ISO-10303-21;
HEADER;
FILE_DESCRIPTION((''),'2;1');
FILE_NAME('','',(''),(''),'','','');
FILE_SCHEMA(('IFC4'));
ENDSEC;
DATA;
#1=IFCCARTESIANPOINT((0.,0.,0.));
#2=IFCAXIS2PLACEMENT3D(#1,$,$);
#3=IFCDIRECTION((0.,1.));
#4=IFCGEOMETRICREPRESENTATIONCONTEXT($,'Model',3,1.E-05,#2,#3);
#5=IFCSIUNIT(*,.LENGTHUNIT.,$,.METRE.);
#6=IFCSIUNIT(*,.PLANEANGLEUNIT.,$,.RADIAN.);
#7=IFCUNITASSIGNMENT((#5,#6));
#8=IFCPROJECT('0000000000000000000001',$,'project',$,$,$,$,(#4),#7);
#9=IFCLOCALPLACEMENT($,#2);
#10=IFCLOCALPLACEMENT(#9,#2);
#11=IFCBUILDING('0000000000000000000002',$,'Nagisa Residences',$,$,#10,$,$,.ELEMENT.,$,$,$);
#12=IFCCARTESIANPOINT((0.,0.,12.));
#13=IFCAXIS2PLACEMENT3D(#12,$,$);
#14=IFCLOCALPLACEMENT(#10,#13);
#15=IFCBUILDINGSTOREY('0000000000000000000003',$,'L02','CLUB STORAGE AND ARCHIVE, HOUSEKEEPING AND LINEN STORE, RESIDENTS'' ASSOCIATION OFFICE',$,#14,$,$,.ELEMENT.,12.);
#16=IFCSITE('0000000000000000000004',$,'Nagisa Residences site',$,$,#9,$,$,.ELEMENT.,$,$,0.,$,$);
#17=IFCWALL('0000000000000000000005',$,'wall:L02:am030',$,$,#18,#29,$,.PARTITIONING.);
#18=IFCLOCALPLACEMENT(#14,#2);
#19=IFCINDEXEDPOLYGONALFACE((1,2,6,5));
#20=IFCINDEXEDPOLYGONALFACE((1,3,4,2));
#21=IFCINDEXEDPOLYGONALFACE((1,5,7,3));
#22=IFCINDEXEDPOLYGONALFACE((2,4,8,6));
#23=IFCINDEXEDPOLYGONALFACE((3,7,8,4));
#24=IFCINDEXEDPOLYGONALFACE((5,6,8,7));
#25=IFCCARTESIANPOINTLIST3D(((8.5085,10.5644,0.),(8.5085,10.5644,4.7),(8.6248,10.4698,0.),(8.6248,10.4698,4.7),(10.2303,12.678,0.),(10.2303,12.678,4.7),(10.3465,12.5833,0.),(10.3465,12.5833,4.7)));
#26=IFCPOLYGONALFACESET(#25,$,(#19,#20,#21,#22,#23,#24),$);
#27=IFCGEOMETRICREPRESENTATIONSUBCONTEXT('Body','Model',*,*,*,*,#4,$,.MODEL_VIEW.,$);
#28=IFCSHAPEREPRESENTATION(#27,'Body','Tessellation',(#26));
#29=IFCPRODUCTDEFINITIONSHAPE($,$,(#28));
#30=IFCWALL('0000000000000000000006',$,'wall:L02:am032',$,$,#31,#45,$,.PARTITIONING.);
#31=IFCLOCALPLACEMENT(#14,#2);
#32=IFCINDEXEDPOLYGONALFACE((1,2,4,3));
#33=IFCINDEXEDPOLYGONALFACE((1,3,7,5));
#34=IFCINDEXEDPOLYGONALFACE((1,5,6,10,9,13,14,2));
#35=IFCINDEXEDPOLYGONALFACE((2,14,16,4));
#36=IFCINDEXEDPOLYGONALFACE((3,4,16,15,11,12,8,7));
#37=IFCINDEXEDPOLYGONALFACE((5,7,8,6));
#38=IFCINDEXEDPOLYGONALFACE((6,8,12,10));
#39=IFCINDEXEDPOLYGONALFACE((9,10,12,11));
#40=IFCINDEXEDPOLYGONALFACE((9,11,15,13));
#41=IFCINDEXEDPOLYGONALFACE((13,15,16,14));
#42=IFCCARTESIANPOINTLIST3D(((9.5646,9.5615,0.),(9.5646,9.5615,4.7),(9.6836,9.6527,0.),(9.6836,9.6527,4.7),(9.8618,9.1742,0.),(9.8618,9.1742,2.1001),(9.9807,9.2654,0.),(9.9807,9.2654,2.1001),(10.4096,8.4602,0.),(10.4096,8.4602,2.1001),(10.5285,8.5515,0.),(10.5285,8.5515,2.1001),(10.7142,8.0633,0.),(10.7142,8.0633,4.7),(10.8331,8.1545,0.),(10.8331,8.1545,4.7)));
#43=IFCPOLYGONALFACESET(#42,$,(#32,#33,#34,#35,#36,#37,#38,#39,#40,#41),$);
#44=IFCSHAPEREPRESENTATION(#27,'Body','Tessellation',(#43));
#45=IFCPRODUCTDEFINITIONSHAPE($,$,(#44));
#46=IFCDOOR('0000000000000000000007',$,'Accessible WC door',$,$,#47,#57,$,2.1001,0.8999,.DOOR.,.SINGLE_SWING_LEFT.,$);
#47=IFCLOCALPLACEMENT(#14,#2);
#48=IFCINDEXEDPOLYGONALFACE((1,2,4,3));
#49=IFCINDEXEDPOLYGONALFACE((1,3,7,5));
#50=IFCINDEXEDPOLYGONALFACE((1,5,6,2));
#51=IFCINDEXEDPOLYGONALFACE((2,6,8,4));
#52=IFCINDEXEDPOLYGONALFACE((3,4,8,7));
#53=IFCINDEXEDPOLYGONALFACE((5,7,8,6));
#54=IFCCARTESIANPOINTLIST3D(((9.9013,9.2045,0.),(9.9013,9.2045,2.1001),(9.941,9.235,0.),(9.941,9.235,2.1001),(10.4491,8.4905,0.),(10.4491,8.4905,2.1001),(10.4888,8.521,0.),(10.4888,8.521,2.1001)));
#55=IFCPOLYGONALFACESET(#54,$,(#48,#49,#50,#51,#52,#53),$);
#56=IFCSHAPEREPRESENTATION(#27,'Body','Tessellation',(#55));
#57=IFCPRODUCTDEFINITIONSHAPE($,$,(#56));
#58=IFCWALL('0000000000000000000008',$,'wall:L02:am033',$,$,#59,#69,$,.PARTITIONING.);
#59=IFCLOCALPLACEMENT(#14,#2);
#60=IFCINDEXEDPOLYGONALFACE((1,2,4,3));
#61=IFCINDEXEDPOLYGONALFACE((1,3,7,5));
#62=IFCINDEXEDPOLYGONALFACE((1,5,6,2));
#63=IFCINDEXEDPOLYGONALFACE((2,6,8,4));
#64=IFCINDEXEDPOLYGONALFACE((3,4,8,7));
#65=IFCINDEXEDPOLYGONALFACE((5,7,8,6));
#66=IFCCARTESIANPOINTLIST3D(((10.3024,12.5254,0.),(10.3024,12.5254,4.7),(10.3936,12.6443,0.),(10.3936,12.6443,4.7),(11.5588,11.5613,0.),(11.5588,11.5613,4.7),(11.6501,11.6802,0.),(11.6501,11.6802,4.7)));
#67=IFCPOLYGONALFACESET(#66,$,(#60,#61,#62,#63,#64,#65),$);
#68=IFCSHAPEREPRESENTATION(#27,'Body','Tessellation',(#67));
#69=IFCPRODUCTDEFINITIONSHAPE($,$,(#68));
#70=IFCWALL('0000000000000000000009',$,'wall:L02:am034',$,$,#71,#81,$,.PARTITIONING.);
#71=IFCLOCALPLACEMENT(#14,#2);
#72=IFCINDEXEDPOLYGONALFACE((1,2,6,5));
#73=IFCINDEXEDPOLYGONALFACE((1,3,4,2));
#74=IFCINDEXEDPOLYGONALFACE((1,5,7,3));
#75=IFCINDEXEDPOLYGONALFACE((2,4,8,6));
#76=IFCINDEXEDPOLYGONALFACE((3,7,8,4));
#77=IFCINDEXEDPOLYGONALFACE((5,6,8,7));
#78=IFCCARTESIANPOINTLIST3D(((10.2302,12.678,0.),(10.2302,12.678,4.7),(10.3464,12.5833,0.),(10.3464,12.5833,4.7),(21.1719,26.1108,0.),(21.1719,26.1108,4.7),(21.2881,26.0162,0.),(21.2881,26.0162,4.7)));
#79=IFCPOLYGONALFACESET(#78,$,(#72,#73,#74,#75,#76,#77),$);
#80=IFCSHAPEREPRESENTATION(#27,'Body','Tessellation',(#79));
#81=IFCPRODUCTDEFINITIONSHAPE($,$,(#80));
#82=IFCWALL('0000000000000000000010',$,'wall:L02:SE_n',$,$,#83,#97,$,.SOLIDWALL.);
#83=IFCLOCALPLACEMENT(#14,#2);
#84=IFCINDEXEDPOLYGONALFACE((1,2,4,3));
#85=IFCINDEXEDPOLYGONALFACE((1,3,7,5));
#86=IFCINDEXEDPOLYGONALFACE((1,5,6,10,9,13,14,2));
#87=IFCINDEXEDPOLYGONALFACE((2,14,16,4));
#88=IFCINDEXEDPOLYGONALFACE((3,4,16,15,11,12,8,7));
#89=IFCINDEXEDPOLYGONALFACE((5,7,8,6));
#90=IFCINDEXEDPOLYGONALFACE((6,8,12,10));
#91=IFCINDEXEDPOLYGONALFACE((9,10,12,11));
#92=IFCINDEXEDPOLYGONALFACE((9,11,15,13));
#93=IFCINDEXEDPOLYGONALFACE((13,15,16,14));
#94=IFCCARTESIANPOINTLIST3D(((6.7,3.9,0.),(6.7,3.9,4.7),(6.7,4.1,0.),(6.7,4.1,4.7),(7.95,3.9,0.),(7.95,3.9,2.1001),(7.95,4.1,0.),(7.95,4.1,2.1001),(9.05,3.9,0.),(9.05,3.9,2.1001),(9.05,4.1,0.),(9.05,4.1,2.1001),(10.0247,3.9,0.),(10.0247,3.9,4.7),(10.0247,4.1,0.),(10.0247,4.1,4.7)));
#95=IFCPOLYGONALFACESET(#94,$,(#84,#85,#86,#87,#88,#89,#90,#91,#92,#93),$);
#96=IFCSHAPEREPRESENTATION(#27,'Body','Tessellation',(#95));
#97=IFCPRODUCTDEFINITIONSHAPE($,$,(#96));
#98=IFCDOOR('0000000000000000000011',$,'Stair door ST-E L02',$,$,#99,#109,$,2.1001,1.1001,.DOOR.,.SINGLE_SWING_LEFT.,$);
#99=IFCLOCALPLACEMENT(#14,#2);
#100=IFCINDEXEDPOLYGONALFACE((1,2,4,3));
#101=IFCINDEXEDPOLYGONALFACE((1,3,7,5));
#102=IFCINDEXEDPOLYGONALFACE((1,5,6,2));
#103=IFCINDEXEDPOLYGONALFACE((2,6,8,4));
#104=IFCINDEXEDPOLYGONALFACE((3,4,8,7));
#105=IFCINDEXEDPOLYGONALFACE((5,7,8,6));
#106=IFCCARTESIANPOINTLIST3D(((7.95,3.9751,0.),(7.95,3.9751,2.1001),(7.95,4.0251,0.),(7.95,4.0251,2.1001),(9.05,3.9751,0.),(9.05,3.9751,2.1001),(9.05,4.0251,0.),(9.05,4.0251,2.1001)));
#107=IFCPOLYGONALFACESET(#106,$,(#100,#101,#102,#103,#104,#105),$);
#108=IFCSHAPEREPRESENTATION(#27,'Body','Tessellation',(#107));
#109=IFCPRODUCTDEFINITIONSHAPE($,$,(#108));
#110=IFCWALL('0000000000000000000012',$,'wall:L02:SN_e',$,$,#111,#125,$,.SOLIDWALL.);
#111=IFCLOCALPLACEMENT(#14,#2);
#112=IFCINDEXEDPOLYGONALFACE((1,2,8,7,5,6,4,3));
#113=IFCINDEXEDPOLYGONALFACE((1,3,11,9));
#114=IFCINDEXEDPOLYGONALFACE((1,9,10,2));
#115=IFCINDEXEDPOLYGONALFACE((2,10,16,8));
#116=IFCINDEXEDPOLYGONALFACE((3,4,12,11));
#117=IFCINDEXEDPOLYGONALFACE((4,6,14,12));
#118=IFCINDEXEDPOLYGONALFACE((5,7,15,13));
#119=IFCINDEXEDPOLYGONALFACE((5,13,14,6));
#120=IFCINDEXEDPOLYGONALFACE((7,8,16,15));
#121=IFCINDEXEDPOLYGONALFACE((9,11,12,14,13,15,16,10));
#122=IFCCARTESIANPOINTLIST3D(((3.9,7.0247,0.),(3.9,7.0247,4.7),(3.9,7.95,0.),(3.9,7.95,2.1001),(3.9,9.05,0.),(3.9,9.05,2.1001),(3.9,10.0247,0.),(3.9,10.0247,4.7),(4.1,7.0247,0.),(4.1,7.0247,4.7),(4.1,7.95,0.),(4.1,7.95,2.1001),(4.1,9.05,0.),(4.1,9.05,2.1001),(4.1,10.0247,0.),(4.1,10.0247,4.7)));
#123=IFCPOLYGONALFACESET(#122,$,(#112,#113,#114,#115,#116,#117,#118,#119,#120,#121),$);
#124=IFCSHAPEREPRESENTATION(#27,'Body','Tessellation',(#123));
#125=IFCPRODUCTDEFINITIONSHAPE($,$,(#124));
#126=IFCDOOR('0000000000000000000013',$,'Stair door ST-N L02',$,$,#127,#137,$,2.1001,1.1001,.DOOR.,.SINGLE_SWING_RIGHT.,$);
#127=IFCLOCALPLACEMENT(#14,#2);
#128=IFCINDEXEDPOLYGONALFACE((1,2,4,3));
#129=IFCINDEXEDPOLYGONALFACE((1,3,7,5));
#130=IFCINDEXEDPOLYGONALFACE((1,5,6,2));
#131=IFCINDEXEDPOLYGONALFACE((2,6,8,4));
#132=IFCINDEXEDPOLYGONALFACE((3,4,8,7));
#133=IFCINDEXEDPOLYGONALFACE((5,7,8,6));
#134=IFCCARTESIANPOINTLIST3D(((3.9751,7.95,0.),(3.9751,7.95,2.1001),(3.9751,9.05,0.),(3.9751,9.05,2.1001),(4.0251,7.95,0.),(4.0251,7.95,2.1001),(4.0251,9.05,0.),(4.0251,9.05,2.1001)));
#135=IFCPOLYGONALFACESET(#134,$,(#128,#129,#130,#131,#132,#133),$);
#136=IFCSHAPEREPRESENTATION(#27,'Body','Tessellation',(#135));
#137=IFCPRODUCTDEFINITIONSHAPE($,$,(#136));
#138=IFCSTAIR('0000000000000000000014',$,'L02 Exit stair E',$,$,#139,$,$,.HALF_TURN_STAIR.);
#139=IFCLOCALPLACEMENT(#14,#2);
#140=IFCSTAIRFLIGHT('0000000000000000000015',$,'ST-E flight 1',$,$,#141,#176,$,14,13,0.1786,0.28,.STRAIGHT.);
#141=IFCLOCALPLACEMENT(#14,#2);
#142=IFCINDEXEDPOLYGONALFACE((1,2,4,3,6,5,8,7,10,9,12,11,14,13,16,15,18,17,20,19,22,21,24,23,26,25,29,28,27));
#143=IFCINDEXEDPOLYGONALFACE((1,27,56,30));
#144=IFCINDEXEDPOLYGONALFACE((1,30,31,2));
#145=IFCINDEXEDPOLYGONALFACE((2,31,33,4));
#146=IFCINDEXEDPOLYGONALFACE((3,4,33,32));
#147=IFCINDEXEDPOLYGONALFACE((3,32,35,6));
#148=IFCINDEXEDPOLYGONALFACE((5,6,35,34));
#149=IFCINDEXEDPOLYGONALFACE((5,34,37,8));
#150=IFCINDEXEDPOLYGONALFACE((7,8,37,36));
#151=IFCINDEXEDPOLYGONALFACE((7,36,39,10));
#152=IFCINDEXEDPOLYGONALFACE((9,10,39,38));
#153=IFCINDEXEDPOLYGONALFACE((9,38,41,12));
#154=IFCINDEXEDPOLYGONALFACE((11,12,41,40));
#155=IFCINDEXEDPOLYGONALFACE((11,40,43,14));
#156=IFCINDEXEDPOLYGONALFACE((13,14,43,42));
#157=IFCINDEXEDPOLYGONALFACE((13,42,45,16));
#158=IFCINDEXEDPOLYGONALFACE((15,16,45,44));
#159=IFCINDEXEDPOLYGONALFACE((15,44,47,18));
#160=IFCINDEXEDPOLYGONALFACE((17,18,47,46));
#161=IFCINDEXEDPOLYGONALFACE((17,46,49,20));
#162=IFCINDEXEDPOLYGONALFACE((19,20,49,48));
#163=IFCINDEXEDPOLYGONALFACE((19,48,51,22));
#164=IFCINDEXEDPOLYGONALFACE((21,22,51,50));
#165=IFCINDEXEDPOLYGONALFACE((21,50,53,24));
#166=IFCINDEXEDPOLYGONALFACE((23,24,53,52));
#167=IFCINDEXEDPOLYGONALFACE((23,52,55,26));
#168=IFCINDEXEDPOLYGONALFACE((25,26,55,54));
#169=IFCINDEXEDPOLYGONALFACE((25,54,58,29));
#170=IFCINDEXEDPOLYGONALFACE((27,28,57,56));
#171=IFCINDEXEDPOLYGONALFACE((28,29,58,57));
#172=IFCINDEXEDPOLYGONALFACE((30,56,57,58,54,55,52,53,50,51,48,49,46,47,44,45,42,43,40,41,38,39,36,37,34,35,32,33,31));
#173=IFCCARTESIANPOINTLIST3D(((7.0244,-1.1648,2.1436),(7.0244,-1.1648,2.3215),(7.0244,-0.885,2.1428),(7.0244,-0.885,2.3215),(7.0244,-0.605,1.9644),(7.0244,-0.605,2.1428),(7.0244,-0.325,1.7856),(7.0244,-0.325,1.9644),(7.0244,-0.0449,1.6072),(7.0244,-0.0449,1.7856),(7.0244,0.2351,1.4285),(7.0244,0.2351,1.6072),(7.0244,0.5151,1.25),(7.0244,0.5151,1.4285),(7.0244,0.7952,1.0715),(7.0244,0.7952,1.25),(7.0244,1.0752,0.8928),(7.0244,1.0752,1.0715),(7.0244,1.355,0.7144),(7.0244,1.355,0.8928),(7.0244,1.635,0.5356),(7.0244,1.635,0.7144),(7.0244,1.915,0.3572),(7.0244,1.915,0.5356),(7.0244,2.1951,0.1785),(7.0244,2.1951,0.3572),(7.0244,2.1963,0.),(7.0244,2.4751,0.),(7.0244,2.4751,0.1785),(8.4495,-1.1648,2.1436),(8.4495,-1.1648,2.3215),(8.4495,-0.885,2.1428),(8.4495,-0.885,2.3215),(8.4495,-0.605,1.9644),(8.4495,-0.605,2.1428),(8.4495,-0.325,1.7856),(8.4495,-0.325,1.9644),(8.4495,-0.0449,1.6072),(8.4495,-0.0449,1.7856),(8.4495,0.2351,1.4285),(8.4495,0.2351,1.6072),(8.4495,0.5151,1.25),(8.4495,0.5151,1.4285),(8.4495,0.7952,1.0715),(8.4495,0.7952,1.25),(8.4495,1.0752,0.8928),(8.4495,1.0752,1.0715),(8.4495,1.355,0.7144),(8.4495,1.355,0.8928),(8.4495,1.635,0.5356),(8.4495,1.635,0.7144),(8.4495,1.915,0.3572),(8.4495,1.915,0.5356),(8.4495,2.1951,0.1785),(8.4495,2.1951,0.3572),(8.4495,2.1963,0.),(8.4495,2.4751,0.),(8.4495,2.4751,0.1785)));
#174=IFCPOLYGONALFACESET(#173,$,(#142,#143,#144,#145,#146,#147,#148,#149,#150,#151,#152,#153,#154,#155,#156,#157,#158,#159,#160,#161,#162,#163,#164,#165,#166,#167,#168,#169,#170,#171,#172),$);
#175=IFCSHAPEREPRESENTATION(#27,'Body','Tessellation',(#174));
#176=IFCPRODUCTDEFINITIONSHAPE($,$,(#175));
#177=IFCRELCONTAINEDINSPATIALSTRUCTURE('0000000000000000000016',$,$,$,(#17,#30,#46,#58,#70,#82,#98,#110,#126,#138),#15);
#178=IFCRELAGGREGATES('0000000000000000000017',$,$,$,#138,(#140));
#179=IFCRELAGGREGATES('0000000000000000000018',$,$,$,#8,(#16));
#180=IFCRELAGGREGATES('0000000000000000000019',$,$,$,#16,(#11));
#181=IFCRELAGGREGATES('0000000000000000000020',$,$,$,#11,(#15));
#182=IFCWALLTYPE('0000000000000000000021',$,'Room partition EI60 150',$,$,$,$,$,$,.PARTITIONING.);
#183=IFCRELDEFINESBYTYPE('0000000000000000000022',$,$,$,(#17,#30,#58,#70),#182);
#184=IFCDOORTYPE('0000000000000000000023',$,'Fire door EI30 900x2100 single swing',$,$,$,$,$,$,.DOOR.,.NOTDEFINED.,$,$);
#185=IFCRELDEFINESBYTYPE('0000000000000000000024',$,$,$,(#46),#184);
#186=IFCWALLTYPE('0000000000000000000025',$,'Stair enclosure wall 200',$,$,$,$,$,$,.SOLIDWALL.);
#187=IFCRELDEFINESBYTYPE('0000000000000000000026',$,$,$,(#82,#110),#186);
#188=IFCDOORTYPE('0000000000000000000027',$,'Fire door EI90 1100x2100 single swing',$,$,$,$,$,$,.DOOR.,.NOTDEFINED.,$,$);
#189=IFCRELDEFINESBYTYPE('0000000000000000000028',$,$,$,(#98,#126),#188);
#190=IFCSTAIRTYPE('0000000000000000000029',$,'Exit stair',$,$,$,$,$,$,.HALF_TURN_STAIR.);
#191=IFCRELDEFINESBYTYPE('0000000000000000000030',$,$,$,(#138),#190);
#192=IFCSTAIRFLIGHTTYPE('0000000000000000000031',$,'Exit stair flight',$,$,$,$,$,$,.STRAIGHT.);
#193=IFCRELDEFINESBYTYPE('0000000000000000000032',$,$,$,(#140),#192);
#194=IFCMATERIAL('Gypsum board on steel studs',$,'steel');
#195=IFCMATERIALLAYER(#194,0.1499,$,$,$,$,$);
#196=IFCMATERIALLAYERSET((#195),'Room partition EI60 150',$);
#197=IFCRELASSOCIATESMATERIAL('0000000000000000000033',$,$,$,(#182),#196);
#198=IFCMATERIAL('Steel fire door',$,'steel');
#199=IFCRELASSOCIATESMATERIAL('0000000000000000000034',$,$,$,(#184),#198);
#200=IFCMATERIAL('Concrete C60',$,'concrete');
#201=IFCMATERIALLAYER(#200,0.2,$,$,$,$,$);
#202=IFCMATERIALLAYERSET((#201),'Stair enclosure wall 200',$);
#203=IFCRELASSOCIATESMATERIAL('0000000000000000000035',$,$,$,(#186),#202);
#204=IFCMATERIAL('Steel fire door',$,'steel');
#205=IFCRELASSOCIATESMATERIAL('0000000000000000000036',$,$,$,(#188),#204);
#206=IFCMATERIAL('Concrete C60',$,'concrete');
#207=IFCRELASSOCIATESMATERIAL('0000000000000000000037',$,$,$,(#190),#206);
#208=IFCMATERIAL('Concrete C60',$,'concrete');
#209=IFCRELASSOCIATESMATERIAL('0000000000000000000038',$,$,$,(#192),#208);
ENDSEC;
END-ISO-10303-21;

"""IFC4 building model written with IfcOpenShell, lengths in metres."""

from ifc_helpers import new_model, si_unit, direction, frame, frame_2d, origin, place, context, subcontext, project, spatial, polyline, rectangle, outline, extrude, material, layer, layer_set, type_object, element, fill, aggregate, save


model = new_model("IFC4")

# Units and contexts
model_context = context("Model", 3, precision=1e-05, world=origin(), true_north=direction((0.0, 1.0)))
body_context = subcontext(model_context, "Body", "Model", "MODEL_VIEW")
ifc_project = project(units=[si_unit("LENGTHUNIT", "METRE"), si_unit("PLANEANGLEUNIT", "RADIAN")], contexts=[model_context])

# Site, building, storey
site_placement = place(None, origin())
site = spatial("IfcSite", under=ifc_project, at=site_placement, Name="Nagisa Residences site", CompositionType="ELEMENT", RefElevation=0.0)
building_placement = place(site_placement, origin())
building = spatial("IfcBuilding", under=site, at=building_placement, Name="Nagisa Residences", CompositionType="ELEMENT")
storey_placement = place(building_placement, frame((0.0, 0.0, 12.0)))
storey = spatial("IfcBuildingStorey", under=building, at=storey_placement, Name="L02", Description="CLUB STORAGE AND ARCHIVE, HOUSEKEEPING AND LINEN STORE, RESIDENTS' ASSOCIATION OFFICE", CompositionType="ELEMENT", Elevation=12.0)

# Shared definitions
ifc_material_1 = material(Name="Gypsum board on steel studs", Category="steel")
ifc_layer_1 = layer(ifc_material_1, 0.1499)
ifc_layer_set_1 = layer_set([ifc_layer_1], Name="Room partition EI60 150")
wall_type_1 = type_object("IfcWallType", Name="Room partition EI60 150", PredefinedType="PARTITIONING", material=ifc_layer_set_1)

# Wall
wall_1_placement = place(storey_placement, frame((8.5667, 10.5171, 0.0), z_axis=(0.0, 0.0, 1.0), x_axis=(0.631573, 0.775316, 0.0)))
element("IfcWall", 1, at=wall_1_placement, inside=storey, type_object=wall_type_1, Name="wall:L02:am030", PredefinedType="PARTITIONING", context=body_context, shape_type="SweptSolid", body=[
    extrude(rectangle(XDim=2.7261, YDim=0.1499, at=frame_2d((1.363, 0.0))), origin(), (0.0, 0.0, 1.0), 4.7),
])

# Wall, opening, door
wall_2_placement = place(storey_placement, frame((9.624, 9.6072, 0.0), z_axis=(0.0, 0.0, 1.0), x_axis=(0.608754, -0.793359, 0.0)))
wall_2 = element("IfcWall", 2, at=wall_2_placement, inside=storey, type_object=wall_type_1, Name="wall:L02:am032", PredefinedType="PARTITIONING", context=body_context, shape_type="SweptSolid", body=[
    extrude(rectangle(XDim=1.8884, YDim=0.1499, at=frame_2d((0.9443, 0.0))), origin(), (0.0, 0.0, 1.0), 4.7),
])
opening_1_placement = place(wall_2_placement, frame((0.4883, 0.0, 0.0)))
opening_1 = element("IfcOpeningElement", 3, at=opening_1_placement, cuts=wall_2, PredefinedType="OPENING", context=body_context, shape_type="SweptSolid", body=[
    extrude(rectangle(XDim=0.8999, YDim=2.1001, at=frame_2d((0.45, 1.05))), frame((0.0, 0.085, 0.0), z_axis=(0.0, -1.0, 0.0), x_axis=(1.0, 0.0, 0.0)), (0.0, 0.0, 1.0), 0.1699),
])
ifc_material_2 = material(Name="Steel fire door", Category="steel")
door_type_1 = type_object("IfcDoorType", Name="Fire door EI30 900x2100 single swing", OperationType="NOTDEFINED", PredefinedType="DOOR", material=ifc_material_2)
door_1_placement = place(opening_1_placement, origin())
door_1 = element("IfcDoor", 4, at=door_1_placement, inside=storey, type_object=door_type_1, Name="Accessible WC door", OperationType="SINGLE_SWING_LEFT", OverallHeight=2.1001, OverallWidth=0.8999, PredefinedType="DOOR", context=body_context, shape_type="SweptSolid", body=[
    extrude(rectangle(XDim=0.8999, YDim=2.1001, at=frame_2d((0.45, 1.05))), frame((0.0, 0.0249, 0.0), z_axis=(0.0, -1.0, 0.0), x_axis=(1.0, 0.0, 0.0)), (0.0, 0.0, 1.0), 0.05),
])
fill(opening_1, door_1)

# Walls
wall_3_placement = place(storey_placement, frame((10.3479, 12.585, 0.0), z_axis=(0.0, 0.0, 1.0), x_axis=(0.793328, -0.608794, 0.0)))
element("IfcWall", 5, at=wall_3_placement, inside=storey, type_object=wall_type_1, Name="wall:L02:am033", PredefinedType="PARTITIONING", context=body_context, shape_type="SweptSolid", body=[
    extrude(rectangle(XDim=1.5837, YDim=0.1499, at=frame_2d((0.792, 0.0))), origin(), (0.0, 0.0, 1.0), 4.7),
])
wall_4_placement = place(storey_placement, frame((10.2883, 12.6306, 0.0), z_axis=(0.0, 0.0, 1.0), x_axis=(0.631547, 0.775338, 0.0)))
element("IfcWall", 6, at=wall_4_placement, inside=storey, type_object=wall_type_1, Name="wall:L02:am034", PredefinedType="PARTITIONING", context=body_context, shape_type="SweptSolid", body=[
    extrude(rectangle(XDim=17.3252, YDim=0.1499, at=frame_2d((8.6626, 0.0))), origin(), (0.0, 0.0, 1.0), 4.7),
])

# Walls, openings, doors
ifc_material_3 = material(Name="Concrete C60", Category="concrete")
ifc_layer_2 = layer(ifc_material_3, 0.2)
ifc_layer_set_2 = layer_set([ifc_layer_2], Name="Stair enclosure wall 200")
wall_type_2 = type_object("IfcWallType", Name="Stair enclosure wall 200", PredefinedType="SOLIDWALL", material=ifc_layer_set_2)
wall_5_placement = place(storey_placement, frame((6.7, 4.0, 0.0), z_axis=(0.0, 0.0, 1.0), x_axis=(1.0, 0.0, 0.0)))
wall_5 = element("IfcWall", 7, at=wall_5_placement, inside=storey, type_object=wall_type_2, Name="wall:L02:SE_n", PredefinedType="SOLIDWALL", context=body_context, shape_type="SweptSolid", body=[
    extrude(rectangle(XDim=3.3247, YDim=0.2, at=frame_2d((1.6624, 0.0))), origin(), (0.0, 0.0, 1.0), 4.7),
])
opening_2_placement = place(wall_5_placement, frame((1.25, 0.0, 0.0)))
opening_2 = element("IfcOpeningElement", 8, at=opening_2_placement, cuts=wall_5, PredefinedType="OPENING", context=body_context, shape_type="SweptSolid", body=[
    extrude(rectangle(XDim=1.1001, YDim=2.1001, at=frame_2d((0.55, 1.05))), frame((0.0, 0.1099, 0.0), z_axis=(0.0, -1.0, 0.0), x_axis=(1.0, 0.0, 0.0)), (0.0, 0.0, 1.0), 0.22),
])
ifc_material_4 = material(Name="Steel fire door", Category="steel")
door_type_2 = type_object("IfcDoorType", Name="Fire door EI90 1100x2100 single swing", OperationType="NOTDEFINED", PredefinedType="DOOR", material=ifc_material_4)
door_2_placement = place(opening_2_placement, frame((1.1001, 0.0, 0.0), x_axis=(-1.0, 0.0, 0.0)))
door_2 = element("IfcDoor", 9, at=door_2_placement, inside=storey, type_object=door_type_2, Name="Stair door ST-E L02", OperationType="SINGLE_SWING_LEFT", OverallHeight=2.1001, OverallWidth=1.1001, PredefinedType="DOOR", context=body_context, shape_type="SweptSolid", body=[
    extrude(rectangle(XDim=1.1001, YDim=2.1001, at=frame_2d((0.55, 1.05))), frame((0.0, 0.0249, 0.0), z_axis=(0.0, -1.0, 0.0), x_axis=(1.0, 0.0, 0.0)), (0.0, 0.0, 1.0), 0.05),
])
fill(opening_2, door_2)
wall_6_placement = place(storey_placement, frame((4.0, 7.0247, 0.0), z_axis=(0.0, 0.0, 1.0), x_axis=(0.0, 1.0, 0.0)))
wall_6 = element("IfcWall", 10, at=wall_6_placement, inside=storey, type_object=wall_type_2, Name="wall:L02:SN_e", PredefinedType="SOLIDWALL", context=body_context, shape_type="SweptSolid", body=[
    extrude(rectangle(XDim=3.0, YDim=0.2, at=frame_2d((1.5, 0.0))), origin(), (0.0, 0.0, 1.0), 4.7),
])
opening_3_placement = place(wall_6_placement, frame((0.9253, 0.0, 0.0)))
opening_3 = element("IfcOpeningElement", 11, at=opening_3_placement, cuts=wall_6, PredefinedType="OPENING", context=body_context, shape_type="SweptSolid", body=[
    extrude(rectangle(XDim=1.1001, YDim=2.1001, at=frame_2d((0.55, 1.05))), frame((0.0, 0.1099, 0.0), z_axis=(0.0, -1.0, 0.0), x_axis=(1.0, 0.0, 0.0)), (0.0, 0.0, 1.0), 0.22),
])
door_3_placement = place(opening_3_placement, origin())
door_3 = element("IfcDoor", 12, at=door_3_placement, inside=storey, type_object=door_type_2, Name="Stair door ST-N L02", OperationType="SINGLE_SWING_RIGHT", OverallHeight=2.1001, OverallWidth=1.1001, PredefinedType="DOOR", context=body_context, shape_type="SweptSolid", body=[
    extrude(rectangle(XDim=1.1001, YDim=2.1001, at=frame_2d((0.55, 1.05))), frame((0.0, 0.0249, 0.0), z_axis=(0.0, -1.0, 0.0), x_axis=(1.0, 0.0, 0.0)), (0.0, 0.0, 1.0), 0.05),
])
fill(opening_3, door_3)

# Stair, stair flight
ifc_material_5 = material(Name="Concrete C60", Category="concrete")
stair_type = type_object("IfcStairType", Name="Exit stair", PredefinedType="HALF_TURN_STAIR", material=ifc_material_5)
stair_placement = place(storey_placement, origin())
stair = element("IfcStair", 13, at=stair_placement, inside=storey, type_object=stair_type, Name="L02 Exit stair E", PredefinedType="HALF_TURN_STAIR")
ifc_material_6 = material(Name="Concrete C60", Category="concrete")
stair_flight_type = type_object("IfcStairFlightType", Name="Exit stair flight", PredefinedType="STRAIGHT", material=ifc_material_6)
stair_flight_placement = place(storey_placement, frame((7.7371, 2.4751, 0.0), z_axis=(0.0, 0.0, 1.0), x_axis=(0.0, -1.0, 0.0)))
stair_flight = element("IfcStairFlight", 14, at=stair_flight_placement, type_object=stair_flight_type, Name="ST-E flight 1", NumberOfRisers=14, NumberOfTreads=13, PredefinedType="STRAIGHT", RiserHeight=0.1786, TreadLength=0.28, context=body_context, shape_type="SweptSolid", body=[
    extrude(outline(polyline([(0.0, 0.0), (0.0, 0.1785), (0.28, 0.1785), (0.28, 0.3572), (0.5601, 0.3572), (0.5601, 0.5356), (0.8401, 0.5356), (0.8401, 0.7144), (1.1201, 0.7144), (1.1201, 0.8928), (1.3999, 0.8928), (1.3999, 1.0715), (1.6799, 1.0715), (1.6799, 1.25), (1.96, 1.25), (1.96, 1.4285), (2.24, 1.4285), (2.24, 1.6072), (2.52, 1.6072), (2.52, 1.7856), (2.8, 1.7856), (2.8, 1.9644), (3.0801, 1.9644), (3.0801, 2.1428), (3.3601, 2.1428), (3.3601, 2.3215), (3.6399, 2.3215), (3.6399, 2.5), (3.6399, 2.1436), (0.2788, 0.0), (0.0, 0.0)])), frame((0.0, 0.7124, 0.0), z_axis=(0.0, -1.0, 0.0), x_axis=(1.0, 0.0, 0.0)), (0.0, 0.0, 1.0), 1.425),
])
aggregate(stair, [stair_flight])

save(model, "model.ifc")
